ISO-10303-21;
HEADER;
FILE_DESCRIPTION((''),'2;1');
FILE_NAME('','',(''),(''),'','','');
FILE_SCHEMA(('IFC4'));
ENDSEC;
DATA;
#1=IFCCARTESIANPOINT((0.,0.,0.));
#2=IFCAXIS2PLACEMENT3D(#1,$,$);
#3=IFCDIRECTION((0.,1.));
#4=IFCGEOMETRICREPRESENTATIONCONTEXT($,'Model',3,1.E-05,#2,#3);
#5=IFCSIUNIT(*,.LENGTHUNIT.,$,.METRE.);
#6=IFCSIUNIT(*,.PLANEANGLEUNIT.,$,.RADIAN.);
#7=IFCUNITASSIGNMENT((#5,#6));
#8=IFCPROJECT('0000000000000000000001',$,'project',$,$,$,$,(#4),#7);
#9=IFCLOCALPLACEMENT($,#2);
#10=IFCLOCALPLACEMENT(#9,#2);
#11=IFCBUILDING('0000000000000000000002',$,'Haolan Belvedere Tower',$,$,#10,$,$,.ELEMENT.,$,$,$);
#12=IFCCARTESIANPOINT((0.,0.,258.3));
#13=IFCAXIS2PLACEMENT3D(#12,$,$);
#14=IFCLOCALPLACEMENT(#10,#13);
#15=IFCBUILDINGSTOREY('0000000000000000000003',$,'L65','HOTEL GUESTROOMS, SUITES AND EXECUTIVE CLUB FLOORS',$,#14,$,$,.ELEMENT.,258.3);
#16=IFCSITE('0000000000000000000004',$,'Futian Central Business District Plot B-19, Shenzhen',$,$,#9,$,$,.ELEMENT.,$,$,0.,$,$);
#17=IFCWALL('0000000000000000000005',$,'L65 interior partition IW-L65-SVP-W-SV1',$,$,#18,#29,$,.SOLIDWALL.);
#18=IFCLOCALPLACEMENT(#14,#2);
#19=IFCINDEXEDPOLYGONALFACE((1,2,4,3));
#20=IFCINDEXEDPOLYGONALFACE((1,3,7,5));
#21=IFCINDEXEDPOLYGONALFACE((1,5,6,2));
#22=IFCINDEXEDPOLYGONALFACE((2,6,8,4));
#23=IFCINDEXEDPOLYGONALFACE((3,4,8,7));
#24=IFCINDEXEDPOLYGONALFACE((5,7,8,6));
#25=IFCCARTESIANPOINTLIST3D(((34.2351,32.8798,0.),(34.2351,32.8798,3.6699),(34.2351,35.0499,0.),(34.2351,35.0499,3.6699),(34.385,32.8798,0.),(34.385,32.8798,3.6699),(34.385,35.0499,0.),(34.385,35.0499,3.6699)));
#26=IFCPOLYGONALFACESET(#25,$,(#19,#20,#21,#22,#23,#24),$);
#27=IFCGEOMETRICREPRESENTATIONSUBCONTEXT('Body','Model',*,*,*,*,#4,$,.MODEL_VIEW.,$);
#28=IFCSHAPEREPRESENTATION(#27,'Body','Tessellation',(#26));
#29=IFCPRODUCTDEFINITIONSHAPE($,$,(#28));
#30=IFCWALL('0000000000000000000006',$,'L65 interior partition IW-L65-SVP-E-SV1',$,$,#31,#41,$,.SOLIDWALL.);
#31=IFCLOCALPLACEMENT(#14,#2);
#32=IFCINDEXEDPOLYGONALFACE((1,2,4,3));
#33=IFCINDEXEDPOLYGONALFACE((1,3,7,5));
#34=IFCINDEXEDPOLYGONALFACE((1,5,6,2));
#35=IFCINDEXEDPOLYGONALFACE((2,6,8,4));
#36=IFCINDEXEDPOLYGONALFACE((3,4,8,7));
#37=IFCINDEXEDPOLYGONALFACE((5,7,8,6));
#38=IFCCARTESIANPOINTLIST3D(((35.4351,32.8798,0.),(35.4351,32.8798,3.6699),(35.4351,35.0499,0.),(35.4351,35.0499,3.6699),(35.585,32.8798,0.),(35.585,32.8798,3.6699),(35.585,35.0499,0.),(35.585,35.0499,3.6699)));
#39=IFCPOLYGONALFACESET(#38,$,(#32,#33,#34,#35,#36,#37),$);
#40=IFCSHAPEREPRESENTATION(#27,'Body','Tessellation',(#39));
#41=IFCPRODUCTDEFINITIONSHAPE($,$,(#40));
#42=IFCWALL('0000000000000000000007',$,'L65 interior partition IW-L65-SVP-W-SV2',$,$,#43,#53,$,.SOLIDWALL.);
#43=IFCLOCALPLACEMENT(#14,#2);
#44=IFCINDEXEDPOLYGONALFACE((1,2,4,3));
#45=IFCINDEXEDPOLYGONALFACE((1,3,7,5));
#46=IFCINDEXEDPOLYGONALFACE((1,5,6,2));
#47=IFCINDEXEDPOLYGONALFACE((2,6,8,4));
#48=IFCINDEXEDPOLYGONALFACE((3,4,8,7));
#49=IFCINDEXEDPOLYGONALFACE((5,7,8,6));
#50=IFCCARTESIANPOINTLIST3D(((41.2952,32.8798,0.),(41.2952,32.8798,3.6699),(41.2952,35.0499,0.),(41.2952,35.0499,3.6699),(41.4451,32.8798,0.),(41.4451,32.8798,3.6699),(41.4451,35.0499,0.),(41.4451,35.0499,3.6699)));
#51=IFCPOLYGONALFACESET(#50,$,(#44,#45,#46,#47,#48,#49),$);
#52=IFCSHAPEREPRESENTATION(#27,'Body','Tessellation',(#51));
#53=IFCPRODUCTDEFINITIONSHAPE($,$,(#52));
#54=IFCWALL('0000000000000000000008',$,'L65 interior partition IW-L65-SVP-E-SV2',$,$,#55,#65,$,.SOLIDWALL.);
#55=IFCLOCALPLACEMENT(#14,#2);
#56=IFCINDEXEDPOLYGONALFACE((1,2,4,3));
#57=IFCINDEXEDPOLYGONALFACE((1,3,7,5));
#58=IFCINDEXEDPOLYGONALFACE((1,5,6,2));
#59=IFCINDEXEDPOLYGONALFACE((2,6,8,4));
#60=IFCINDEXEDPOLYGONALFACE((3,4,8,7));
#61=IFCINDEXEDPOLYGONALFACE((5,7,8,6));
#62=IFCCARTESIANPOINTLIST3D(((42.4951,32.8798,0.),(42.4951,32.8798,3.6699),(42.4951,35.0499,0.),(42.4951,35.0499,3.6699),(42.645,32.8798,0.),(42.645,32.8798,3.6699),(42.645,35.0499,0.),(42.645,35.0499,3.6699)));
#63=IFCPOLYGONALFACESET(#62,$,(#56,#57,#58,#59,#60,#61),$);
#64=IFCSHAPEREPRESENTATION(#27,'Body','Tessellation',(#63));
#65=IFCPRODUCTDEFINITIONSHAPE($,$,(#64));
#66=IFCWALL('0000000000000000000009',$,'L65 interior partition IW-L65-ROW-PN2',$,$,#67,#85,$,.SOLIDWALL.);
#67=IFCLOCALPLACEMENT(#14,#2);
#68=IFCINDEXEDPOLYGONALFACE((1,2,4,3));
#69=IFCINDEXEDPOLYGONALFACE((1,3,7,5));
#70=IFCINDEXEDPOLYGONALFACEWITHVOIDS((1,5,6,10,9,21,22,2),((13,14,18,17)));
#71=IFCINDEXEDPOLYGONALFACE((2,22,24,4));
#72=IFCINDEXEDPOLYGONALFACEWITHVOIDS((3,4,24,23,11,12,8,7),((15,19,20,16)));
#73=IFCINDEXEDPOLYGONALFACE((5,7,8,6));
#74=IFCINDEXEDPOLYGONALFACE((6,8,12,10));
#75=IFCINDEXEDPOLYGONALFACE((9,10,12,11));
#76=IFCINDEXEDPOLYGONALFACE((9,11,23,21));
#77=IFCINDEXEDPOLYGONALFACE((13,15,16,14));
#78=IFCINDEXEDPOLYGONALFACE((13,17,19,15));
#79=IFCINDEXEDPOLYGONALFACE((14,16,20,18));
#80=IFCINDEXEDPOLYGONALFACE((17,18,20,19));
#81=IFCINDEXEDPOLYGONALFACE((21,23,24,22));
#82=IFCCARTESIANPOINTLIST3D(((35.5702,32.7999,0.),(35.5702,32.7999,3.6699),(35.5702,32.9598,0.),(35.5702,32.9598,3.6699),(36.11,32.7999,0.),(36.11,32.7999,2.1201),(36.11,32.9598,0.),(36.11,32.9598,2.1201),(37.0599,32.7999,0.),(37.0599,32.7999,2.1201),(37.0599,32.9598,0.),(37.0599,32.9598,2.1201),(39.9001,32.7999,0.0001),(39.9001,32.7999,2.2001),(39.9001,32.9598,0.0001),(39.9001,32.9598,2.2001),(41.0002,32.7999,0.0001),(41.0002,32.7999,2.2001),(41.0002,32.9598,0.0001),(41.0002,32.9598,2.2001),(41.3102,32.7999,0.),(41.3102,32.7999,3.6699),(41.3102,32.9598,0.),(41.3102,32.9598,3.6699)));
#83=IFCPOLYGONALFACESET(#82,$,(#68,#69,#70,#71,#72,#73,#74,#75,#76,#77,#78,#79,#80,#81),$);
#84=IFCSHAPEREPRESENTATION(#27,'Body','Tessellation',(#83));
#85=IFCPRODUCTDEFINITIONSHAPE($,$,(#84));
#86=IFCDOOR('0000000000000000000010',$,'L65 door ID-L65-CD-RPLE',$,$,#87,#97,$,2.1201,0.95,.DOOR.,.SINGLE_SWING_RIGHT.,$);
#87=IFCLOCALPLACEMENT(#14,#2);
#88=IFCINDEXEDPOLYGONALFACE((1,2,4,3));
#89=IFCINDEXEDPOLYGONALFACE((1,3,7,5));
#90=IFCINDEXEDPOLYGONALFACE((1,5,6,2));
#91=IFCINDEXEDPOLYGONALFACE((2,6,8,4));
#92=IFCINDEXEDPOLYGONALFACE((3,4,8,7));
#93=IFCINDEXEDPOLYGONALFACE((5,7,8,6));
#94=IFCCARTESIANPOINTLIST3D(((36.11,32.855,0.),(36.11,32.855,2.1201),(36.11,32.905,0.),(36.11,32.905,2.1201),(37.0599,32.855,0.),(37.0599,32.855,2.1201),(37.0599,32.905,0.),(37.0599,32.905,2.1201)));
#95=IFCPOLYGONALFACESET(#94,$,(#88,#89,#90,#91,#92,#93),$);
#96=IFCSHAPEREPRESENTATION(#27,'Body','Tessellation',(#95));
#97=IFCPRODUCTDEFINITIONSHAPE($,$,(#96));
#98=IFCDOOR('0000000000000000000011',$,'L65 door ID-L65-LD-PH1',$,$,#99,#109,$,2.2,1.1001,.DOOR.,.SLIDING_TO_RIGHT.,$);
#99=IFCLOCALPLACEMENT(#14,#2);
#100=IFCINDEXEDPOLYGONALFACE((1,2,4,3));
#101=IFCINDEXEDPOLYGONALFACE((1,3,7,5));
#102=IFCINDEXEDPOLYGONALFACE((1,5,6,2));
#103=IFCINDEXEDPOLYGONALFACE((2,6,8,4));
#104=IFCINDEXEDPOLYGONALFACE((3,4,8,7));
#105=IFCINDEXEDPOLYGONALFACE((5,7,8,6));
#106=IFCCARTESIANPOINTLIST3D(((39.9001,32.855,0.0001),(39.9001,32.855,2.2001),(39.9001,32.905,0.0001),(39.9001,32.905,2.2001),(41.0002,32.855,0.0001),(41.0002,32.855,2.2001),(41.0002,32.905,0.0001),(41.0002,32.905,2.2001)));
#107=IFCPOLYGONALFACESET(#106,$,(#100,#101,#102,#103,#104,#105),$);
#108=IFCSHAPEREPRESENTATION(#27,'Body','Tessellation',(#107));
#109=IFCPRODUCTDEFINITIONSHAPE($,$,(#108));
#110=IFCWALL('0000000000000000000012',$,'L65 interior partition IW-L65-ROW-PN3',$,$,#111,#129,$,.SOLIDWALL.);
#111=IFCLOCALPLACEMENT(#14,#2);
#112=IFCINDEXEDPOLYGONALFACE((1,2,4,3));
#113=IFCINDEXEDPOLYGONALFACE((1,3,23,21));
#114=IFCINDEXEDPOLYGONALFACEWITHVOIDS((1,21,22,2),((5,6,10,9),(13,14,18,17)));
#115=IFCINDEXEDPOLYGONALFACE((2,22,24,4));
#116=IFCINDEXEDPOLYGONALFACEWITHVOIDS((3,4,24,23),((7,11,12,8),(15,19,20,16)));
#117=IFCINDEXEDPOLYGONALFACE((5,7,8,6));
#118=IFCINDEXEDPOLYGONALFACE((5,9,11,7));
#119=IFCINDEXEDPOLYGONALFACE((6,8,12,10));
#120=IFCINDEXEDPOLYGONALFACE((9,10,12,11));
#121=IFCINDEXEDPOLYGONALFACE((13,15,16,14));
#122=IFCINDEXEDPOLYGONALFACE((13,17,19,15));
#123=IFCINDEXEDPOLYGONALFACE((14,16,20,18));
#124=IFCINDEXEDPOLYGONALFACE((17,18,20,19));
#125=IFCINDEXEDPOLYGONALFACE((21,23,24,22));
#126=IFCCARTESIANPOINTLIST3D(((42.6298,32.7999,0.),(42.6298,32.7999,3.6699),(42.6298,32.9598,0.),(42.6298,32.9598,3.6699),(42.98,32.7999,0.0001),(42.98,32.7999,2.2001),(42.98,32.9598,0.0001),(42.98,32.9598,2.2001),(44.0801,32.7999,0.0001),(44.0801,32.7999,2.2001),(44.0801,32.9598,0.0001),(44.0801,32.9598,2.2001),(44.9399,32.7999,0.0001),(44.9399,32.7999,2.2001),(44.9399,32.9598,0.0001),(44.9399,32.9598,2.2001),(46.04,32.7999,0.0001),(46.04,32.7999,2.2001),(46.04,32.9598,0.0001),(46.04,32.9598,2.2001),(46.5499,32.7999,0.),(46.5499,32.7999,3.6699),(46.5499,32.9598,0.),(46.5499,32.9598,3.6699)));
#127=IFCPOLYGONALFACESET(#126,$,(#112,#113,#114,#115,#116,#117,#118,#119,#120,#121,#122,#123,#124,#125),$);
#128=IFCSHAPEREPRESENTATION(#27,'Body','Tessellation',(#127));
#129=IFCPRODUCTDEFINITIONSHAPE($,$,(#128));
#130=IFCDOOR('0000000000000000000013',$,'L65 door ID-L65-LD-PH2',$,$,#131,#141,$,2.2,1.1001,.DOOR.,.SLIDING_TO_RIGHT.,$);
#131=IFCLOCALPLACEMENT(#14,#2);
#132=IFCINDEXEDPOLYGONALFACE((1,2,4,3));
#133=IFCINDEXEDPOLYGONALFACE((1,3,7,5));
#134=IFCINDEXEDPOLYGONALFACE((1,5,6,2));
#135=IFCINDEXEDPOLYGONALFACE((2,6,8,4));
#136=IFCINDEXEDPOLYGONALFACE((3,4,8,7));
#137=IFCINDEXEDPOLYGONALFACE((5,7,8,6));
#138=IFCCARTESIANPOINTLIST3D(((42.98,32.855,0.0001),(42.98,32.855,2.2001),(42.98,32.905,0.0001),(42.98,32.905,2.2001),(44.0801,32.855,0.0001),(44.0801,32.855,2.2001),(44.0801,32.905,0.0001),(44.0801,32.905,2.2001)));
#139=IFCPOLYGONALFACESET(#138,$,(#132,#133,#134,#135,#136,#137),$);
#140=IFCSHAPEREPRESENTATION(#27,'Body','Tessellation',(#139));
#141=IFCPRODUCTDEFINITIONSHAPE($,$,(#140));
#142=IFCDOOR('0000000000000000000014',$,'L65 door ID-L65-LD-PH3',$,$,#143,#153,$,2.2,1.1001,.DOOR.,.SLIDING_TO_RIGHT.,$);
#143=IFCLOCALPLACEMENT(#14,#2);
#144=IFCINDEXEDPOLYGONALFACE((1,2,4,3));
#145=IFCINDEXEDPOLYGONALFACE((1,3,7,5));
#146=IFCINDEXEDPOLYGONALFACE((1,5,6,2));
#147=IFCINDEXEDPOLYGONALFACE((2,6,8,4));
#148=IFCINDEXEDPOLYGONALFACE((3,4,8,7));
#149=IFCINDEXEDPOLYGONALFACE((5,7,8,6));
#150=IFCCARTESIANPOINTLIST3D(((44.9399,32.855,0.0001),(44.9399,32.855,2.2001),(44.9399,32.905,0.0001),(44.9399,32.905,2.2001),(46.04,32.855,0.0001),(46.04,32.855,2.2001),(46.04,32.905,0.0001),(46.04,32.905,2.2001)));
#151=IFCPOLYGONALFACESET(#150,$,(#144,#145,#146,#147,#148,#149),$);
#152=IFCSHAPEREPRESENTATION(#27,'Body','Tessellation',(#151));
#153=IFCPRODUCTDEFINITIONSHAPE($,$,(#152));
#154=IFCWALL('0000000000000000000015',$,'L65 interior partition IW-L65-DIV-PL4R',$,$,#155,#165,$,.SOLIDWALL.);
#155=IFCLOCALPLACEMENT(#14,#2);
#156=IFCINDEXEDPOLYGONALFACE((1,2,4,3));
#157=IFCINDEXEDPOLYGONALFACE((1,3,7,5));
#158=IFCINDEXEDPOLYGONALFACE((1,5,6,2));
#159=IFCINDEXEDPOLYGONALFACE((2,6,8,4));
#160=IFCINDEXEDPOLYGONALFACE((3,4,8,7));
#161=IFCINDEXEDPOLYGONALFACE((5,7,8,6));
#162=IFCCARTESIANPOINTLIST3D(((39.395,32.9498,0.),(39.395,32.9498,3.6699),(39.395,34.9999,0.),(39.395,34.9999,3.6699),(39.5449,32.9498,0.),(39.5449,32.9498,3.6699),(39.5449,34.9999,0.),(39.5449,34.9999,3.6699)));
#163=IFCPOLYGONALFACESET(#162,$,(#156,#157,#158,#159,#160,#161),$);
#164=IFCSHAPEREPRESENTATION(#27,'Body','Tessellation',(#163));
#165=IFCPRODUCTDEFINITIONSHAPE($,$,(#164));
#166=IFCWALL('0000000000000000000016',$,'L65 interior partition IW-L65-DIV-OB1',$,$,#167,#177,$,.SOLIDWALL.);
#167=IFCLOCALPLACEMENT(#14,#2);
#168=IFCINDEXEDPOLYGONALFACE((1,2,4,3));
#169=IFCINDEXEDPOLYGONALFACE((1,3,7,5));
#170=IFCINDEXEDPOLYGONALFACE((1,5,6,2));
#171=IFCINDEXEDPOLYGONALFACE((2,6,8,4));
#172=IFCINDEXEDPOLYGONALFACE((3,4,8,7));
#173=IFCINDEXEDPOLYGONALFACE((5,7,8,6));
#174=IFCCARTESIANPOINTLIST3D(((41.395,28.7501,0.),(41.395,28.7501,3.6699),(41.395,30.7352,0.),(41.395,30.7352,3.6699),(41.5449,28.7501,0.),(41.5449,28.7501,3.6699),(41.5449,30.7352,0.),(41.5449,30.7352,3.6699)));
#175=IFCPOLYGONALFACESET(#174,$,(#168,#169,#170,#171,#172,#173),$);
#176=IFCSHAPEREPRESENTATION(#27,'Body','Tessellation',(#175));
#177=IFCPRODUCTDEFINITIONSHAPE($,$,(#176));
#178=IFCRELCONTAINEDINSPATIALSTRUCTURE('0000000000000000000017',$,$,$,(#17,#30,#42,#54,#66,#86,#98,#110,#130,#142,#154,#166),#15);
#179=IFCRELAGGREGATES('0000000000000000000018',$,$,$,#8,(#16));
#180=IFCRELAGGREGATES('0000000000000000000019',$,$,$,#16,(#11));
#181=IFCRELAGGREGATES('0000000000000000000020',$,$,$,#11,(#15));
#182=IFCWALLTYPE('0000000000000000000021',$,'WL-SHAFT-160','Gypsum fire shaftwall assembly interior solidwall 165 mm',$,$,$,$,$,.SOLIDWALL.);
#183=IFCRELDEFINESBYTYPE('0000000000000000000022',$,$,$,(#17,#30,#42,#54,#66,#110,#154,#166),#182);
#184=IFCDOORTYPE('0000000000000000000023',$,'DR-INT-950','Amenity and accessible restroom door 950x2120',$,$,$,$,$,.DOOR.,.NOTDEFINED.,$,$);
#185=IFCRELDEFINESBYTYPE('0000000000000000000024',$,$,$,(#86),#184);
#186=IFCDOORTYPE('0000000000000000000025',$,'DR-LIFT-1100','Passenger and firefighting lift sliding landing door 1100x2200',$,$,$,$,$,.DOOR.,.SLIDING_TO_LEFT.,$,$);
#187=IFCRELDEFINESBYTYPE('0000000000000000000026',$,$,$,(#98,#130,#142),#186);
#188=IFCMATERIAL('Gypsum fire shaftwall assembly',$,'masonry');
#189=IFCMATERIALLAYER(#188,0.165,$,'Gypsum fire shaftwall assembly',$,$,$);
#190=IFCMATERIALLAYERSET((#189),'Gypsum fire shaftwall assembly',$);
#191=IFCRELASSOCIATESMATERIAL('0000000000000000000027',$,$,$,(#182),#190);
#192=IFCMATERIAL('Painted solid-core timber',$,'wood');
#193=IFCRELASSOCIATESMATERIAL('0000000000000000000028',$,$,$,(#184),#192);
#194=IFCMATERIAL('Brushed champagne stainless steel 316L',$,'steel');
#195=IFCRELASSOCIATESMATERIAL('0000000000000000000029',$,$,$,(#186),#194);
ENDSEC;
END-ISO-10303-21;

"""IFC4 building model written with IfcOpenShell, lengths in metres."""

from ifc_helpers import new_model, si_unit, direction, frame, frame_2d, origin, place, context, subcontext, project, spatial, rectangle, extrude, material, layer, layer_set, type_object, element, fill, save


model = new_model("IFC4")

# Units and contexts
model_context = context("Model", 3, precision=1e-05, world=origin(), true_north=direction((0.0, 1.0)))
body_context = subcontext(model_context, "Body", "Model", "MODEL_VIEW")
ifc_project = project(units=[si_unit("LENGTHUNIT", "METRE"), si_unit("PLANEANGLEUNIT", "RADIAN")], contexts=[model_context])

# Site, building, storey
site_placement = place(None, origin())
site = spatial("IfcSite", under=ifc_project, at=site_placement, Name="Futian Central Business District Plot B-19, Shenzhen", CompositionType="ELEMENT", RefElevation=0.0)
building_placement = place(site_placement, origin())
building = spatial("IfcBuilding", under=site, at=building_placement, Name="Haolan Belvedere Tower", CompositionType="ELEMENT")
storey_placement = place(building_placement, frame((0.0, 0.0, 258.3)))
storey = spatial("IfcBuildingStorey", under=building, at=storey_placement, Name="L65", Description="HOTEL GUESTROOMS, SUITES AND EXECUTIVE CLUB FLOORS", CompositionType="ELEMENT", Elevation=258.3)

# Walls
ifc_material_1 = material(Name="Gypsum fire shaftwall assembly", Category="masonry")
ifc_layer_1 = layer(ifc_material_1, 0.165, Name="Gypsum fire shaftwall assembly")
ifc_layer_set_1 = layer_set([ifc_layer_1], Name="Gypsum fire shaftwall assembly")
wall_type_1 = type_object("IfcWallType", Name="WL-SHAFT-160", Description="Gypsum fire shaftwall assembly interior solidwall 165 mm", PredefinedType="SOLIDWALL", material=ifc_layer_set_1)
for number, where, z_axis, x_axis, name in (
    (1, (34.3101, 32.8799, 0.0), (0.0, 0.0, 1.0), (0.0, 1.0, 0.0), "L65 interior partition IW-L65-SVP-W-SV1"),
    (2, (35.51, 32.8799, 0.0), (0.0, 0.0, 1.0), (0.0, 1.0, 0.0), "L65 interior partition IW-L65-SVP-E-SV1"),
    (3, (41.3701, 32.8799, 0.0), (0.0, 0.0, 1.0), (0.0, 1.0, 0.0), "L65 interior partition IW-L65-SVP-W-SV2"),
    (4, (42.5701, 32.8799, 0.0), (0.0, 0.0, 1.0), (0.0, 1.0, 0.0), "L65 interior partition IW-L65-SVP-E-SV2"),
):
    element("IfcWall", number, at=place(storey_placement, frame(where, z_axis=z_axis, x_axis=x_axis)), inside=storey, type_object=wall_type_1, Name=name, PredefinedType="SOLIDWALL", context=body_context, shape_type="SweptSolid", body=[
        extrude(rectangle(XDim=2.1702, YDim=0.1499, at=frame_2d((1.085, 0.0))), origin(), (0.0, 0.0, 1.0), 3.6699),
    ])

# Walls, openings, doors
wall_1_placement = place(storey_placement, frame((35.5701, 32.8799, 0.0), z_axis=(0.0, 0.0, 1.0), x_axis=(1.0, 0.0, 0.0)))
wall_1 = element("IfcWall", 5, at=wall_1_placement, inside=storey, type_object=wall_type_1, Name="L65 interior partition IW-L65-ROW-PN2", PredefinedType="SOLIDWALL", context=body_context, shape_type="SweptSolid", body=[
    extrude(rectangle(XDim=5.74, YDim=0.1599, at=frame_2d((2.8701, 0.0))), origin(), (0.0, 0.0, 1.0), 3.6699),
])
opening_1_placement = place(wall_1_placement, frame((1.49, 0.0, 0.0), z_axis=(0.0, 0.0, 1.0), x_axis=(-1.0, 0.0, 0.0)))
opening_1 = element("IfcOpeningElement", 6, at=opening_1_placement, cuts=wall_1, PredefinedType="OPENING", context=body_context, shape_type="SweptSolid", body=[
    extrude(rectangle(XDim=0.95, YDim=2.1201, at=frame_2d((0.4751, 1.0601))), frame((0.0, 0.0898, 0.0), z_axis=(0.0, -1.0, 0.0), x_axis=(1.0, 0.0, 0.0)), (0.0, 0.0, 1.0), 0.1799),
])
opening_2_placement = place(wall_1_placement, frame((5.4302, 0.0, 0.0), z_axis=(0.0, 0.0, 1.0), x_axis=(-1.0, 0.0, 0.0)))
opening_2 = element("IfcOpeningElement", 7, at=opening_2_placement, cuts=wall_1, PredefinedType="OPENING", context=body_context, shape_type="SweptSolid", body=[
    extrude(rectangle(XDim=1.1001, YDim=2.2, at=frame_2d((0.55, 1.1001))), frame((0.0, 0.0898, 0.0), z_axis=(0.0, -1.0, 0.0), x_axis=(1.0, 0.0, 0.0)), (0.0, 0.0, 1.0), 0.1799),
])
ifc_material_2 = material(Name="Painted solid-core timber", Category="wood")
door_type_1 = type_object("IfcDoorType", Name="DR-INT-950", Description="Amenity and accessible restroom door 950x2120", OperationType="NOTDEFINED", PredefinedType="DOOR", material=ifc_material_2)
door_1_placement = place(opening_1_placement, origin())
door_1 = element("IfcDoor", 8, at=door_1_placement, inside=storey, type_object=door_type_1, Name="L65 door ID-L65-CD-RPLE", OperationType="SINGLE_SWING_RIGHT", OverallHeight=2.1201, OverallWidth=0.95, PredefinedType="DOOR", context=body_context, shape_type="SweptSolid", body=[
    extrude(rectangle(XDim=0.95, YDim=2.1201, at=frame_2d((0.4751, 1.0601))), frame((0.0, 0.0249, 0.0), z_axis=(0.0, -1.0, 0.0), x_axis=(1.0, 0.0, 0.0)), (0.0, 0.0, 1.0), 0.05),
])
fill(opening_1, door_1)
ifc_material_3 = material(Name="Brushed champagne stainless steel 316L", Category="steel")
door_type_2 = type_object("IfcDoorType", Name="DR-LIFT-1100", Description="Passenger and firefighting lift sliding landing door 1100x2200", OperationType="SLIDING_TO_LEFT", PredefinedType="DOOR", material=ifc_material_3)
door_2_placement = place(opening_2_placement, origin())
door_2 = element("IfcDoor", 9, at=door_2_placement, inside=storey, type_object=door_type_2, Name="L65 door ID-L65-LD-PH1", OperationType="SLIDING_TO_RIGHT", OverallHeight=2.2, OverallWidth=1.1001, PredefinedType="DOOR", context=body_context, shape_type="SweptSolid", body=[
    extrude(rectangle(XDim=1.1001, YDim=2.2, at=frame_2d((0.55, 1.1001))), frame((0.0, 0.0249, 0.0), z_axis=(0.0, -1.0, 0.0), x_axis=(1.0, 0.0, 0.0)), (0.0, 0.0, 1.0), 0.05),
])
fill(opening_2, door_2)
wall_2_placement = place(storey_placement, frame((42.6299, 32.8799, 0.0), z_axis=(0.0, 0.0, 1.0), x_axis=(1.0, 0.0, 0.0)))
wall_2 = element("IfcWall", 10, at=wall_2_placement, inside=storey, type_object=wall_type_1, Name="L65 interior partition IW-L65-ROW-PN3", PredefinedType="SOLIDWALL", context=body_context, shape_type="SweptSolid", body=[
    extrude(rectangle(XDim=3.9202, YDim=0.1599, at=frame_2d((1.96, 0.0))), origin(), (0.0, 0.0, 1.0), 3.6699),
])
opening_3_placement = place(wall_2_placement, frame((1.4502, 0.0, 0.0), z_axis=(0.0, 0.0, 1.0), x_axis=(-1.0, 0.0, 0.0)))
opening_3 = element("IfcOpeningElement", 11, at=opening_3_placement, cuts=wall_2, PredefinedType="OPENING", context=body_context, shape_type="SweptSolid", body=[
    extrude(rectangle(XDim=1.1001, YDim=2.2, at=frame_2d((0.55, 1.1001))), frame((0.0, 0.0898, 0.0), z_axis=(0.0, -1.0, 0.0), x_axis=(1.0, 0.0, 0.0)), (0.0, 0.0, 1.0), 0.1799),
])
opening_4_placement = place(wall_2_placement, frame((3.4102, 0.0, 0.0), z_axis=(0.0, 0.0, 1.0), x_axis=(-1.0, 0.0, 0.0)))
opening_4 = element("IfcOpeningElement", 12, at=opening_4_placement, cuts=wall_2, PredefinedType="OPENING", context=body_context, shape_type="SweptSolid", body=[
    extrude(rectangle(XDim=1.1001, YDim=2.2, at=frame_2d((0.55, 1.1001))), frame((0.0, 0.0898, 0.0), z_axis=(0.0, -1.0, 0.0), x_axis=(1.0, 0.0, 0.0)), (0.0, 0.0, 1.0), 0.1799),
])
door_3_placement = place(opening_3_placement, origin())
door_3 = element("IfcDoor", 13, at=door_3_placement, inside=storey, type_object=door_type_2, Name="L65 door ID-L65-LD-PH2", OperationType="SLIDING_TO_RIGHT", OverallHeight=2.2, OverallWidth=1.1001, PredefinedType="DOOR", context=body_context, shape_type="SweptSolid", body=[
    extrude(rectangle(XDim=1.1001, YDim=2.2, at=frame_2d((0.55, 1.1001))), frame((0.0, 0.0249, 0.0), z_axis=(0.0, -1.0, 0.0), x_axis=(1.0, 0.0, 0.0)), (0.0, 0.0, 1.0), 0.05),
])
fill(opening_3, door_3)
door_4_placement = place(opening_4_placement, origin())
door_4 = element("IfcDoor", 14, at=door_4_placement, inside=storey, type_object=door_type_2, Name="L65 door ID-L65-LD-PH3", OperationType="SLIDING_TO_RIGHT", OverallHeight=2.2, OverallWidth=1.1001, PredefinedType="DOOR", context=body_context, shape_type="SweptSolid", body=[
    extrude(rectangle(XDim=1.1001, YDim=2.2, at=frame_2d((0.55, 1.1001))), frame((0.0, 0.0249, 0.0), z_axis=(0.0, -1.0, 0.0), x_axis=(1.0, 0.0, 0.0)), (0.0, 0.0, 1.0), 0.05),
])
fill(opening_4, door_4)

# Walls
wall_3_placement = place(storey_placement, frame((39.47, 32.95, 0.0), z_axis=(0.0, 0.0, 1.0), x_axis=(0.0, 1.0, 0.0)))
element("IfcWall", 15, at=wall_3_placement, inside=storey, type_object=wall_type_1, Name="L65 interior partition IW-L65-DIV-PL4R", PredefinedType="SOLIDWALL", context=body_context, shape_type="SweptSolid", body=[
    extrude(rectangle(XDim=2.05, YDim=0.1499, at=frame_2d((1.0249, 0.0))), origin(), (0.0, 0.0, 1.0), 3.6699),
])
wall_4_placement = place(storey_placement, frame((41.47, 28.75, 0.0), z_axis=(0.0, 0.0, 1.0), x_axis=(0.0, 1.0, 0.0)))
element("IfcWall", 16, at=wall_4_placement, inside=storey, type_object=wall_type_1, Name="L65 interior partition IW-L65-DIV-OB1", PredefinedType="SOLIDWALL", context=body_context, shape_type="SweptSolid", body=[
    extrude(rectangle(XDim=1.9851, YDim=0.1499, at=frame_2d((0.9927, 0.0))), origin(), (0.0, 0.0, 1.0), 3.6699),
])

save(model, "model.ifc")
